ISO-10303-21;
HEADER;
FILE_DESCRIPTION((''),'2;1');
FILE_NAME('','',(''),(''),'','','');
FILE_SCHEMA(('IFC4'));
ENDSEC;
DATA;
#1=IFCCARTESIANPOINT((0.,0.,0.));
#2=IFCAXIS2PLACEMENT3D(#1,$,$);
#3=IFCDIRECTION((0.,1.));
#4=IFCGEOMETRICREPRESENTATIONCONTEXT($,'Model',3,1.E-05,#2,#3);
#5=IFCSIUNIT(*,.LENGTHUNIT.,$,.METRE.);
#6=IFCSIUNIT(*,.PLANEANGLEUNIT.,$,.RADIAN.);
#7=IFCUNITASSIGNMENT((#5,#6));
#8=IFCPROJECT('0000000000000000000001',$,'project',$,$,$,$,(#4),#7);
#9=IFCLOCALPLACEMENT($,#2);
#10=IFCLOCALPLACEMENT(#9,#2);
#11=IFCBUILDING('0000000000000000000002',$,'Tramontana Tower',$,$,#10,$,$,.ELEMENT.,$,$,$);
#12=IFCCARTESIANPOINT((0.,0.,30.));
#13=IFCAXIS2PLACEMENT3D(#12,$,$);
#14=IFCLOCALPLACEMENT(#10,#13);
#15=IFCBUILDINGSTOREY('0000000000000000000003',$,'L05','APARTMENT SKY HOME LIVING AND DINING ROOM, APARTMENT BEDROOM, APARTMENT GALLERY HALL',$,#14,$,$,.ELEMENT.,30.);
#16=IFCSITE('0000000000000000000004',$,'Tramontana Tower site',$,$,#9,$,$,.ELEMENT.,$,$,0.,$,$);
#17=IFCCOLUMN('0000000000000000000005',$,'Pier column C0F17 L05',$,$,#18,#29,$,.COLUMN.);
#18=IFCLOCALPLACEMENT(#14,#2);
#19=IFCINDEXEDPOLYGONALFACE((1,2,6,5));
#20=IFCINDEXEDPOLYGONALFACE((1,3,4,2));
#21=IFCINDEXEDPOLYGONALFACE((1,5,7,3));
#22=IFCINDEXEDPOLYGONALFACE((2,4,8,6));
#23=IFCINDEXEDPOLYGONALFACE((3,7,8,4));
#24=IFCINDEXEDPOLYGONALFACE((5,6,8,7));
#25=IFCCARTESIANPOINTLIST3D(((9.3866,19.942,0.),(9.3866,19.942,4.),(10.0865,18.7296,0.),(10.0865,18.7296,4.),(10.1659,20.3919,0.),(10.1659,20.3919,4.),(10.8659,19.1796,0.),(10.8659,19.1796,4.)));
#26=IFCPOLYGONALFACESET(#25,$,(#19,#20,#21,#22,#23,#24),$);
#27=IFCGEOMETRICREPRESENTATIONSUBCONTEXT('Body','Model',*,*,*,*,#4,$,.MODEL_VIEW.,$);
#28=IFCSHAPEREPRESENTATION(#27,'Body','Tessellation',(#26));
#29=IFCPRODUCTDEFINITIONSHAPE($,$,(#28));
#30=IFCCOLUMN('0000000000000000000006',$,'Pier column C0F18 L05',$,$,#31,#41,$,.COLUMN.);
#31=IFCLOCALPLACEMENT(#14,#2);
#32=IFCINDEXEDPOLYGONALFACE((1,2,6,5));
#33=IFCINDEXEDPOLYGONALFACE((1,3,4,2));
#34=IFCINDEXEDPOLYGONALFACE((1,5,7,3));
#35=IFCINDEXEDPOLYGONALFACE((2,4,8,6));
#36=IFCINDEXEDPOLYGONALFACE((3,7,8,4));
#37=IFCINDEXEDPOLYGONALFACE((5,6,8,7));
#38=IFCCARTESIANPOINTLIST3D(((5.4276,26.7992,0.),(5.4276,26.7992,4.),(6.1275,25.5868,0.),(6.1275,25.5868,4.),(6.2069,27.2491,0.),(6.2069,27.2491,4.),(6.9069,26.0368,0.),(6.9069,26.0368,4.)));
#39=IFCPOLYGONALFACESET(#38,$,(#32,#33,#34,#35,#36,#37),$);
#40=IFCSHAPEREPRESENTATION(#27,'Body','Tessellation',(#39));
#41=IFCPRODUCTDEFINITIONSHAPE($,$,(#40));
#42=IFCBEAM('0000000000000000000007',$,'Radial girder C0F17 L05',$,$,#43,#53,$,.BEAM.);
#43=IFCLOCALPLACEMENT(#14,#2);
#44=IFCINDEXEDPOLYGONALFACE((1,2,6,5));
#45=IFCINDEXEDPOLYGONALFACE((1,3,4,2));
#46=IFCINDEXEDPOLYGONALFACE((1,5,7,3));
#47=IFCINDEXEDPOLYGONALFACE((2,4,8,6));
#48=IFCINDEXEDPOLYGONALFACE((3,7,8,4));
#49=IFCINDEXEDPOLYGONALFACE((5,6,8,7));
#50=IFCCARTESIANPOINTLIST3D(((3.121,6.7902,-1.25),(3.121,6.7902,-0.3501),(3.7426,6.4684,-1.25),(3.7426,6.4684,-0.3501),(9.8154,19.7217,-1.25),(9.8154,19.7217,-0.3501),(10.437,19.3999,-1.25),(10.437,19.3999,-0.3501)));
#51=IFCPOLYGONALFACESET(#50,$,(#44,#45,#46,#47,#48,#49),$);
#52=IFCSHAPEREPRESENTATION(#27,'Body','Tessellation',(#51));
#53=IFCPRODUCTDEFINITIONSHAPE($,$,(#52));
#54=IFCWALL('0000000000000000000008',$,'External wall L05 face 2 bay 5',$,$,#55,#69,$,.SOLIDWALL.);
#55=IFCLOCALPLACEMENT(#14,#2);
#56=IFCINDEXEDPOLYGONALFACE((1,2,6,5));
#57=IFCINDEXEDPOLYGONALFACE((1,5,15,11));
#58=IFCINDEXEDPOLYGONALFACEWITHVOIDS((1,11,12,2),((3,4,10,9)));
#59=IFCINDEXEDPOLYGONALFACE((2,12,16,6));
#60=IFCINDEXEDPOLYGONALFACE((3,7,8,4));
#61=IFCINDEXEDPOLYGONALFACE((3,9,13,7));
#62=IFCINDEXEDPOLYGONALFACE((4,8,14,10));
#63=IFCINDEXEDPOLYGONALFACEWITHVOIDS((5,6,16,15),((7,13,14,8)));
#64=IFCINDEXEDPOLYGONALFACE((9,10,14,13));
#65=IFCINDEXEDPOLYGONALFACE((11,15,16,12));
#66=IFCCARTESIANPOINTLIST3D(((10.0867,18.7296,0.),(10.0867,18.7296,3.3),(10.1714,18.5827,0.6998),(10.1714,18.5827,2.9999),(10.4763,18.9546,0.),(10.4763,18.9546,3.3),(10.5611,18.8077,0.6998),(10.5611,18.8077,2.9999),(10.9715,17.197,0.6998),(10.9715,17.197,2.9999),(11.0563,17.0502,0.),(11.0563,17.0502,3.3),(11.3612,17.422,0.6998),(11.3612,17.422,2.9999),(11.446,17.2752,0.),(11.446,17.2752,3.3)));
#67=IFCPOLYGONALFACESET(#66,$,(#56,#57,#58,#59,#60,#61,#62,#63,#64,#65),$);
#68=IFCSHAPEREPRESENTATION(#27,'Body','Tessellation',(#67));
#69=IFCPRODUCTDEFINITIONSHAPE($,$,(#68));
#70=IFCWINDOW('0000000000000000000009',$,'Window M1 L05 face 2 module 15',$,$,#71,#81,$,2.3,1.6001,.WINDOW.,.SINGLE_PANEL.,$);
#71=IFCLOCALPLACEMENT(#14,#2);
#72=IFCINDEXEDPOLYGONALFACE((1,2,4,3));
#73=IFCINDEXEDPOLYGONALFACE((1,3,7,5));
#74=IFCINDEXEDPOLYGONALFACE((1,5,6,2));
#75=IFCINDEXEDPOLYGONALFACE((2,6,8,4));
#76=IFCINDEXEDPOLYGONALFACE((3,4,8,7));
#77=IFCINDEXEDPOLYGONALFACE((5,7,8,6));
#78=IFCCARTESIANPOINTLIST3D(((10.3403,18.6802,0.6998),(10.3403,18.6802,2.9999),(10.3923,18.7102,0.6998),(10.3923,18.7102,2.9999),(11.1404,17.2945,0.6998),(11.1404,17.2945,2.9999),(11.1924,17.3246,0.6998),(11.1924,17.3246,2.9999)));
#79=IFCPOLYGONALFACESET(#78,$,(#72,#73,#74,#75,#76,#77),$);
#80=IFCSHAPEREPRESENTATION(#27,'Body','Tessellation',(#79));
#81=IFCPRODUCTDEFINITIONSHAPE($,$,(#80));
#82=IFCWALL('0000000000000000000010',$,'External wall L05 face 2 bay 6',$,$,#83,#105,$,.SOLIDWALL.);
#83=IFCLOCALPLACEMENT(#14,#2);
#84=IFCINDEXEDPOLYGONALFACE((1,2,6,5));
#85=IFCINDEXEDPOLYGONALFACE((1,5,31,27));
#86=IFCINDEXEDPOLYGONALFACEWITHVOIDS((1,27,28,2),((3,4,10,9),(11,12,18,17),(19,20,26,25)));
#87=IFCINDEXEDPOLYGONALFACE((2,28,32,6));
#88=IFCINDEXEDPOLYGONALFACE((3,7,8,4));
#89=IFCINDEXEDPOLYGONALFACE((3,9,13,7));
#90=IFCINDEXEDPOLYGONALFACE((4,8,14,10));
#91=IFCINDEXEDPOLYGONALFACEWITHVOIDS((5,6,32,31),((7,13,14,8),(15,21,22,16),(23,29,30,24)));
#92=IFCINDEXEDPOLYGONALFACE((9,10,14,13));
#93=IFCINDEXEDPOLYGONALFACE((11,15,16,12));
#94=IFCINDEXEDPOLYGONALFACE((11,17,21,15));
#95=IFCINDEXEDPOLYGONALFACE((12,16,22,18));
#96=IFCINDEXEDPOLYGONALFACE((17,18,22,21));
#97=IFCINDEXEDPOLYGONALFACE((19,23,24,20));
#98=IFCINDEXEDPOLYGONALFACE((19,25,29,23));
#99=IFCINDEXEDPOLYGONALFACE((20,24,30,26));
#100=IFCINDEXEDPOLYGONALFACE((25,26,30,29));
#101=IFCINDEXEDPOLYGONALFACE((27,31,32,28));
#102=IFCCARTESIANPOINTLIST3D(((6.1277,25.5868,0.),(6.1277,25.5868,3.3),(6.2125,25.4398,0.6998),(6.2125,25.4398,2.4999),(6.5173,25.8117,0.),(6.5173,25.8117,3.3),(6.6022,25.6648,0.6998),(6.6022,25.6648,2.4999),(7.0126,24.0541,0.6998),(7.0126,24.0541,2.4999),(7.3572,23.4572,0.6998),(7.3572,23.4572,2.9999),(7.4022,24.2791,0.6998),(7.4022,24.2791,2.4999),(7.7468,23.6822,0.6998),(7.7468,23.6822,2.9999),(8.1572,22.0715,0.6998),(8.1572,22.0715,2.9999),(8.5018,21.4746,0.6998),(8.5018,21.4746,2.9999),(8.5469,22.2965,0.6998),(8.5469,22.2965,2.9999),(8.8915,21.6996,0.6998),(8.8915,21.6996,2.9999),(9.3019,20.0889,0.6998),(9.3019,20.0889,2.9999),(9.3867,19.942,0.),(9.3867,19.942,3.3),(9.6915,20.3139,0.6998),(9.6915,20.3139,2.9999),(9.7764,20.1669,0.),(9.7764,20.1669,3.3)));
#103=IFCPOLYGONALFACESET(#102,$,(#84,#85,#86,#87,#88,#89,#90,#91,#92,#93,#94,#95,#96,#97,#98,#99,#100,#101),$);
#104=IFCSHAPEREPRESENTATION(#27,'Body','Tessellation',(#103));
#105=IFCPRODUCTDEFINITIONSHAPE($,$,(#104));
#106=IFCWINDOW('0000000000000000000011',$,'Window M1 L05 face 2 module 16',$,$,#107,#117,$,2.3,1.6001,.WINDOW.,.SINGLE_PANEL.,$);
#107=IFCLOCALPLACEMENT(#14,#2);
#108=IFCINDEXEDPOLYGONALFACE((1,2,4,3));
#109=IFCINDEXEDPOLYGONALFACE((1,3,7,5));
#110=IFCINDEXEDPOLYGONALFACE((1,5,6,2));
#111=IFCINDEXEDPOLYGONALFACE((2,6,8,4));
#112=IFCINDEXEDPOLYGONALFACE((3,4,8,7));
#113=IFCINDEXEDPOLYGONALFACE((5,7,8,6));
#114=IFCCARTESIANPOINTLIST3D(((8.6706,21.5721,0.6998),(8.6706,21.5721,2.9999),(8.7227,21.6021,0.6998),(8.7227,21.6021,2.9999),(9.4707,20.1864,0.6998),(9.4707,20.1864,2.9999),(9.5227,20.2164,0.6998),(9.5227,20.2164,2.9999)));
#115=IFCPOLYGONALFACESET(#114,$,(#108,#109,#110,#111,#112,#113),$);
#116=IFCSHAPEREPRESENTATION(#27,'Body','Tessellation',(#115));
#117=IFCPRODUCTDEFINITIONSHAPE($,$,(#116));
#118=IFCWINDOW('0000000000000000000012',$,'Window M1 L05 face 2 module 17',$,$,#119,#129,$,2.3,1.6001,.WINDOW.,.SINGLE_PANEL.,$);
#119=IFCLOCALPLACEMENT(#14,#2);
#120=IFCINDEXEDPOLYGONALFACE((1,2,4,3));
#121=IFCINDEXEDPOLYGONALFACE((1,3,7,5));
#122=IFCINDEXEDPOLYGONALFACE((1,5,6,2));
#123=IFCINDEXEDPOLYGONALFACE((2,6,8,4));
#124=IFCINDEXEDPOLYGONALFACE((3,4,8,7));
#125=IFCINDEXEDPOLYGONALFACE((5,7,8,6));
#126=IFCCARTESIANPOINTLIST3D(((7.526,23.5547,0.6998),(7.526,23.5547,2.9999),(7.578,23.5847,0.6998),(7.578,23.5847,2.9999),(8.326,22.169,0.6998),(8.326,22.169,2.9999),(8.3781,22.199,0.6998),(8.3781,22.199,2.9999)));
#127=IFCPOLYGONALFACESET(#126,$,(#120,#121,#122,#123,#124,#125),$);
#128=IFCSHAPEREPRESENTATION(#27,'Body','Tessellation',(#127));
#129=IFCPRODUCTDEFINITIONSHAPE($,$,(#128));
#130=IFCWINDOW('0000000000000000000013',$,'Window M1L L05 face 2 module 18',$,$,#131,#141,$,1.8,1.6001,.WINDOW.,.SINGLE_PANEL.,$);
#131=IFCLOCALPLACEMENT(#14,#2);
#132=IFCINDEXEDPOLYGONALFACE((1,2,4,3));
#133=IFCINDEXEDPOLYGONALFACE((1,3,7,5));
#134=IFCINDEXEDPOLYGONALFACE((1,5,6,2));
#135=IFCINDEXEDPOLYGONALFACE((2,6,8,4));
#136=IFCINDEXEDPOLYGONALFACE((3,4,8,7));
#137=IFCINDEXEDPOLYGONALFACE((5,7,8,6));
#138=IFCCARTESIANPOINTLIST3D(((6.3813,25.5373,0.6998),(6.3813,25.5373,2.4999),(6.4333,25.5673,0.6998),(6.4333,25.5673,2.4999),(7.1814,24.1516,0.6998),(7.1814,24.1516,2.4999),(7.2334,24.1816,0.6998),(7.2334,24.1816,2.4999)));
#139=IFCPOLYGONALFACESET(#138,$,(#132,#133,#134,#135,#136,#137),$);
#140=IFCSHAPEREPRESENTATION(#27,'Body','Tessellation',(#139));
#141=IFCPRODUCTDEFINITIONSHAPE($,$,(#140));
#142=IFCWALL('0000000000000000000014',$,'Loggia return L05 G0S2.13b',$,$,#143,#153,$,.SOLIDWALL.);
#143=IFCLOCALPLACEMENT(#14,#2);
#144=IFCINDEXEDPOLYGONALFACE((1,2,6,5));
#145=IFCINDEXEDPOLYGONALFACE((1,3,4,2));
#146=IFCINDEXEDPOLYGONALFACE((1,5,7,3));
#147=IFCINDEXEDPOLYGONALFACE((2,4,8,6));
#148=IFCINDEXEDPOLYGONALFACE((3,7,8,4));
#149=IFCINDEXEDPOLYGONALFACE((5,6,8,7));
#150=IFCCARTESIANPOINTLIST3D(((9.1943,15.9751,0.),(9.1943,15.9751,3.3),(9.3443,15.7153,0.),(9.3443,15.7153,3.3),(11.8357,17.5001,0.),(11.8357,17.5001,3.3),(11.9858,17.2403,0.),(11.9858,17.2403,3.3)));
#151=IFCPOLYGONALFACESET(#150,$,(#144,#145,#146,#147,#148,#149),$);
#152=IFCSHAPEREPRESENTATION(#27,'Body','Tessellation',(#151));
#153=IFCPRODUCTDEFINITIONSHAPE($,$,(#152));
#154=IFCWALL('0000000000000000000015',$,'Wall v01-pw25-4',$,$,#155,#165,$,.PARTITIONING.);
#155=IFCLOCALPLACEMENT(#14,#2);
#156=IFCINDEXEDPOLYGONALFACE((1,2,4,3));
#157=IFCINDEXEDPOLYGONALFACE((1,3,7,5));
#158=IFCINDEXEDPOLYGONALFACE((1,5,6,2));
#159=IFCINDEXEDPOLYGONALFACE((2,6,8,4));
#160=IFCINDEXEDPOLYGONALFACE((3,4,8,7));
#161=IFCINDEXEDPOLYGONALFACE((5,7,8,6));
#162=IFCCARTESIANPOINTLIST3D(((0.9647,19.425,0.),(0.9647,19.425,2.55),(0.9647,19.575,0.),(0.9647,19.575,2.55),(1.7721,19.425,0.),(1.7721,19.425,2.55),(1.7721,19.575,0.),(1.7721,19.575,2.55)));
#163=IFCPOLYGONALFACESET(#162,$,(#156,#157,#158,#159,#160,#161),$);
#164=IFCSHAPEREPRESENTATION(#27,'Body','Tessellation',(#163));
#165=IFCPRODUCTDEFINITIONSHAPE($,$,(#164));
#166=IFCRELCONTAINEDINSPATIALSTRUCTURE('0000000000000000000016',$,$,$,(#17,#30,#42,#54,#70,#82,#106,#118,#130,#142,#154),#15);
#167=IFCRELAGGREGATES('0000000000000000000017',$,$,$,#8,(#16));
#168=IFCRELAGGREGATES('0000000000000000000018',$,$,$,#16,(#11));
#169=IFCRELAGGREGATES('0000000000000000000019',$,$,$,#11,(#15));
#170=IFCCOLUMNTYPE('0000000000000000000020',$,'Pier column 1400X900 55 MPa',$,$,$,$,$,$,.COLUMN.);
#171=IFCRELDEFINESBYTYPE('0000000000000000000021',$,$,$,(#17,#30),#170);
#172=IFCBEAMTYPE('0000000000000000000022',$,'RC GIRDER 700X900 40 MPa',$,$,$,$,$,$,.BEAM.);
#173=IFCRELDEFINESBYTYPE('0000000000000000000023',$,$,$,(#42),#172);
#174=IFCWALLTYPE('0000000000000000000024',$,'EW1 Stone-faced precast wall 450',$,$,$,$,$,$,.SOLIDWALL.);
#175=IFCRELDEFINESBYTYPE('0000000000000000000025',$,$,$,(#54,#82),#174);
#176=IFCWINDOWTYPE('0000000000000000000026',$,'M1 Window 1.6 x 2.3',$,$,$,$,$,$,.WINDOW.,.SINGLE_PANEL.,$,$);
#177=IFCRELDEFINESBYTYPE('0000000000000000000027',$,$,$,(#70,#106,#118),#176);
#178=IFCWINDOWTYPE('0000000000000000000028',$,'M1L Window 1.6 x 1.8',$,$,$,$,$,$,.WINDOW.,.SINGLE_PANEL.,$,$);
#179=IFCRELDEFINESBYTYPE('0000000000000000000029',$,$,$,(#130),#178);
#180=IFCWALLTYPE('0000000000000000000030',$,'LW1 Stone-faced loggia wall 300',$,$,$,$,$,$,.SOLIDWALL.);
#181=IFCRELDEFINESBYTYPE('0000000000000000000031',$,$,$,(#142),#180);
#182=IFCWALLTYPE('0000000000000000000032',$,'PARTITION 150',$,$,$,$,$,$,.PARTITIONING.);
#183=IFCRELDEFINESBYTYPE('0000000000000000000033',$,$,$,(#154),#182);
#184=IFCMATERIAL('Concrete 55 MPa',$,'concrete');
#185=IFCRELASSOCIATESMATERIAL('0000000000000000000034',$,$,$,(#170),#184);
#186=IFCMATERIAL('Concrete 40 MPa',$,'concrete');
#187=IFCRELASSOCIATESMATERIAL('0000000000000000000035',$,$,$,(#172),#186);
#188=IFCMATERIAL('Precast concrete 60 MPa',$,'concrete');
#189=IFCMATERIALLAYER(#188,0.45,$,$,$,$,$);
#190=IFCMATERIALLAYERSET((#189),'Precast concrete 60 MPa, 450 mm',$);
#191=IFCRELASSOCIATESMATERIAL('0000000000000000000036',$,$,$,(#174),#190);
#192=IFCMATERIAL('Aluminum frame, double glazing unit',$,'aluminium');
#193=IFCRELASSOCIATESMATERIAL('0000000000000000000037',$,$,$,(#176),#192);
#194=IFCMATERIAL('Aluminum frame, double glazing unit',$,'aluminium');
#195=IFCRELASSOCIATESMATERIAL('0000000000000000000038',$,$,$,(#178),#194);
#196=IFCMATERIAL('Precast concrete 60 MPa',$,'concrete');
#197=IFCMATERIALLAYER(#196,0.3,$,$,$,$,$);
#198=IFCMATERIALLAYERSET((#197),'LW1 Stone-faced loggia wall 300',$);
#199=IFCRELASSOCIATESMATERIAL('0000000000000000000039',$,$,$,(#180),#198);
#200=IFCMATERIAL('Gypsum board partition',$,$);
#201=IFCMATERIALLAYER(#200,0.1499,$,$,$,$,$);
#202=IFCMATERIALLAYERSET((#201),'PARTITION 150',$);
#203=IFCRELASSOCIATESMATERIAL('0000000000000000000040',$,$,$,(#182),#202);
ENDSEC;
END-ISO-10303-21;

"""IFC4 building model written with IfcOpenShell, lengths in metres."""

from ifc_helpers import new_model, si_unit, direction, frame, frame_2d, origin, origin_2d, place, context, subcontext, project, spatial, rectangle, extrude, material, layer, layer_set, material_profile, profile_set, type_object, element, fill, save


model = new_model("IFC4")

# Units and contexts
model_context = context("Model", 3, precision=1e-05, world=origin(), true_north=direction((0.0, 1.0)))
body_context = subcontext(model_context, "Body", "Model", "MODEL_VIEW")
ifc_project = project(units=[si_unit("LENGTHUNIT", "METRE"), si_unit("PLANEANGLEUNIT", "RADIAN")], contexts=[model_context])

# Site, building, storey
site_placement = place(None, origin())
site = spatial("IfcSite", under=ifc_project, at=site_placement, Name="Tramontana Tower site", CompositionType="ELEMENT", RefElevation=0.0)
building_placement = place(site_placement, origin())
building = spatial("IfcBuilding", under=site, at=building_placement, Name="Tramontana Tower", CompositionType="ELEMENT")
storey_placement = place(building_placement, frame((0.0, 0.0, 30.0)))
storey = spatial("IfcBuildingStorey", under=building, at=storey_placement, Name="L05", Description="APARTMENT SKY HOME LIVING AND DINING ROOM, APARTMENT BEDROOM, APARTMENT GALLERY HALL", CompositionType="ELEMENT", Elevation=30.0)

# Columns
ifc_material_1 = material(Name="Concrete 55 MPa", Category="concrete")
ifc_material_profile_1 = material_profile(ifc_material_1, rectangle(XDim=1.3999, YDim=0.8999, at=origin_2d()), Name="Pier column 1400X900 55 MPa")
ifc_profile_set_1 = profile_set([ifc_material_profile_1], Name="Concrete 55 MPa")
column_type = type_object("IfcColumnType", Name="Pier column 1400X900 55 MPa", PredefinedType="COLUMN", material=ifc_profile_set_1)
for number, where, z_axis, x_axis, name in (
    (1, (10.1262, 19.5608, 0.0), (0.0, 0.0, 1.0), (-0.5, 0.866025, 0.0), "Pier column C0F17 L05"),
    (2, (6.1672, 26.418, 0.0), (0.0, 0.0, 1.0), (-0.5, 0.866025, 0.0), "Pier column C0F18 L05"),
):
    element("IfcColumn", number, at=place(storey_placement, frame(where, z_axis=z_axis, x_axis=x_axis)), inside=storey, type_object=column_type, Name=name, PredefinedType="COLUMN", context=body_context, shape_type="SweptSolid", body=[
        extrude(rectangle(XDim=1.3999, YDim=0.8999, at=origin_2d()), origin(), (0.0, 0.0, 1.0), 4.0),
    ])

# Beam
ifc_material_2 = material(Name="Concrete 40 MPa", Category="concrete")
ifc_material_profile_2 = material_profile(ifc_material_2, rectangle(XDim=0.7, YDim=0.8999, at=origin_2d()), Name="RC GIRDER 700X900 40 MPa")
ifc_profile_set_2 = profile_set([ifc_material_profile_2], Name="Concrete 40 MPa")
beam_type = type_object("IfcBeamType", Name="RC GIRDER 700X900 40 MPa", PredefinedType="BEAM", material=ifc_profile_set_2)
beam_placement = place(storey_placement, frame((10.1262, 19.5608, -0.8), z_axis=(-0.459731, -0.888058, 0.0), x_axis=(0.888058, -0.459731, 0.0)))
element("IfcBeam", 3, at=beam_placement, inside=storey, type_object=beam_type, Name="Radial girder C0F17 L05", PredefinedType="BEAM", context=body_context, shape_type="SweptSolid", body=[
    extrude(rectangle(XDim=0.7, YDim=0.8999, at=origin_2d()), origin(), (0.0, 0.0, 1.0), 14.5615),
])

# Wall, opening, window
ifc_material_3 = material(Name="Precast concrete 60 MPa", Category="concrete")
ifc_layer_1 = layer(ifc_material_3, 0.45)
ifc_layer_set_1 = layer_set([ifc_layer_1], Name="Precast concrete 60 MPa, 450 mm")
wall_type_1 = type_object("IfcWallType", Name="EW1 Stone-faced precast wall 450", PredefinedType="SOLIDWALL", material=ifc_layer_set_1)
wall_1_placement = place(storey_placement, frame((11.2512, 17.1626, 0.0), z_axis=(0.0, 0.0, 1.0), x_axis=(-0.500038, 0.866003, 0.0)))
wall_1 = element("IfcWall", 4, at=wall_1_placement, inside=storey, type_object=wall_type_1, Name="External wall L05 face 2 bay 5", PredefinedType="SOLIDWALL", context=body_context, shape_type="SweptSolid", body=[
    extrude(rectangle(XDim=1.9392, YDim=0.45, at=frame_2d((0.9697, 0.0))), origin(), (0.0, 0.0, 1.0), 3.3),
])
opening_1_placement = place(wall_1_placement, frame((0.1697, 0.0, 0.7)))
opening_1 = element("IfcOpeningElement", 5, at=opening_1_placement, cuts=wall_1, PredefinedType="OPENING", context=body_context, shape_type="SweptSolid", body=[
    extrude(rectangle(XDim=1.6001, YDim=2.3, at=frame_2d((0.8, 1.1499))), frame((0.0, 0.2349, 0.0), z_axis=(0.0, -1.0, 0.0), x_axis=(1.0, 0.0, 0.0)), (0.0, 0.0, 1.0), 0.47),
])
ifc_material_4 = material(Name="Aluminum frame, double glazing unit", Category="aluminium")
window_type_1 = type_object("IfcWindowType", Name="M1 Window 1.6 x 2.3", PartitioningType="SINGLE_PANEL", PredefinedType="WINDOW", material=ifc_material_4)
window_1_placement = place(opening_1_placement, origin())
window_1 = element("IfcWindow", 6, at=window_1_placement, inside=storey, type_object=window_type_1, Name="Window M1 L05 face 2 module 15", OverallHeight=2.3, OverallWidth=1.6001, PartitioningType="SINGLE_PANEL", PredefinedType="WINDOW", context=body_context, shape_type="SweptSolid", body=[
    extrude(rectangle(XDim=1.6001, YDim=2.3, at=frame_2d((0.8, 1.1499))), frame((0.0, 0.03, 0.0), z_axis=(0.0, -1.0, 0.0), x_axis=(1.0, 0.0, 0.0)), (0.0, 0.0, 1.0), 0.0601),
])
fill(opening_1, window_1)

# Wall, openings, windows
wall_2_placement = place(storey_placement, frame((9.5815, 20.0544, 0.0), z_axis=(0.0, 0.0, 1.0), x_axis=(-0.500002, 0.866024, 0.0)))
wall_2 = element("IfcWall", 7, at=wall_2_placement, inside=storey, type_object=wall_type_1, Name="External wall L05 face 2 bay 6", PredefinedType="SOLIDWALL", context=body_context, shape_type="SweptSolid", body=[
    extrude(rectangle(XDim=6.5181, YDim=0.45, at=frame_2d((3.259, 0.0))), origin(), (0.0, 0.0, 1.0), 3.3),
])
opening_2_placement = place(wall_2_placement, frame((0.1697, 0.0, 0.7)))
opening_2 = element("IfcOpeningElement", 8, at=opening_2_placement, cuts=wall_2, PredefinedType="OPENING", context=body_context, shape_type="SweptSolid", body=[
    extrude(rectangle(XDim=1.6001, YDim=2.3, at=frame_2d((0.8, 1.1499))), frame((0.0, 0.2349, 0.0), z_axis=(0.0, -1.0, 0.0), x_axis=(1.0, 0.0, 0.0)), (0.0, 0.0, 1.0), 0.47),
])
opening_3_placement = place(wall_2_placement, frame((2.459, 0.0, 0.7)))
opening_3 = element("IfcOpeningElement", 9, at=opening_3_placement, cuts=wall_2, PredefinedType="OPENING", context=body_context, shape_type="SweptSolid", body=[
    extrude(rectangle(XDim=1.6001, YDim=2.3, at=frame_2d((0.8, 1.1499))), frame((0.0, 0.2349, 0.0), z_axis=(0.0, -1.0, 0.0), x_axis=(1.0, 0.0, 0.0)), (0.0, 0.0, 1.0), 0.47),
])
opening_4_placement = place(wall_2_placement, frame((4.7483, 0.0, 0.7)))
opening_4 = element("IfcOpeningElement", 10, at=opening_4_placement, cuts=wall_2, PredefinedType="OPENING", context=body_context, shape_type="SweptSolid", body=[
    extrude(rectangle(XDim=1.6001, YDim=1.8, at=frame_2d((0.8, 0.8999))), frame((0.0, 0.2349, 0.0), z_axis=(0.0, -1.0, 0.0), x_axis=(1.0, 0.0, 0.0)), (0.0, 0.0, 1.0), 0.47),
])
window_2_placement = place(opening_2_placement, origin())
window_2 = element("IfcWindow", 11, at=window_2_placement, inside=storey, type_object=window_type_1, Name="Window M1 L05 face 2 module 16", OverallHeight=2.3, OverallWidth=1.6001, PartitioningType="SINGLE_PANEL", PredefinedType="WINDOW", context=body_context, shape_type="SweptSolid", body=[
    extrude(rectangle(XDim=1.6001, YDim=2.3, at=frame_2d((0.8, 1.1499))), frame((0.0, 0.03, 0.0), z_axis=(0.0, -1.0, 0.0), x_axis=(1.0, 0.0, 0.0)), (0.0, 0.0, 1.0), 0.0601),
])
fill(opening_2, window_2)
window_3_placement = place(opening_3_placement, origin())
window_3 = element("IfcWindow", 12, at=window_3_placement, inside=storey, type_object=window_type_1, Name="Window M1 L05 face 2 module 17", OverallHeight=2.3, OverallWidth=1.6001, PartitioningType="SINGLE_PANEL", PredefinedType="WINDOW", context=body_context, shape_type="SweptSolid", body=[
    extrude(rectangle(XDim=1.6001, YDim=2.3, at=frame_2d((0.8, 1.1499))), frame((0.0, 0.03, 0.0), z_axis=(0.0, -1.0, 0.0), x_axis=(1.0, 0.0, 0.0)), (0.0, 0.0, 1.0), 0.0601),
])
fill(opening_3, window_3)
ifc_material_5 = material(Name="Aluminum frame, double glazing unit", Category="aluminium")
window_type_2 = type_object("IfcWindowType", Name="M1L Window 1.6 x 1.8", PartitioningType="SINGLE_PANEL", PredefinedType="WINDOW", material=ifc_material_5)
window_4_placement = place(opening_4_placement, origin())
window_4 = element("IfcWindow", 13, at=window_4_placement, inside=storey, type_object=window_type_2, Name="Window M1L L05 face 2 module 18", OverallHeight=1.8, OverallWidth=1.6001, PartitioningType="SINGLE_PANEL", PredefinedType="WINDOW", context=body_context, shape_type="SweptSolid", body=[
    extrude(rectangle(XDim=1.6001, YDim=1.8, at=frame_2d((0.8, 0.8999))), frame((0.0, 0.03, 0.0), z_axis=(0.0, -1.0, 0.0), x_axis=(1.0, 0.0, 0.0)), (0.0, 0.0, 1.0), 0.0601),
])
fill(opening_4, window_4)

# Walls
ifc_material_6 = material(Name="Precast concrete 60 MPa", Category="concrete")
ifc_layer_2 = layer(ifc_material_6, 0.3)
ifc_layer_set_2 = layer_set([ifc_layer_2], Name="LW1 Stone-faced loggia wall 300")
wall_type_2 = type_object("IfcWallType", Name="LW1 Stone-faced loggia wall 300", PredefinedType="SOLIDWALL", material=ifc_layer_set_2)
wall_3_placement = place(storey_placement, frame((11.9106, 17.3701, 0.0), z_axis=(0.0, 0.0, 1.0), x_axis=(-0.866038, -0.499979, 0.0)))
element("IfcWall", 14, at=wall_3_placement, inside=storey, type_object=wall_type_2, Name="Loggia return L05 G0S2.13b", PredefinedType="SOLIDWALL", context=body_context, shape_type="SweptSolid", body=[
    extrude(rectangle(XDim=3.05, YDim=0.3, at=frame_2d((1.5249, 0.0))), origin(), (0.0, 0.0, 1.0), 3.3),
])
ifc_material_7 = material(Name="Gypsum board partition")
ifc_layer_3 = layer(ifc_material_7, 0.1499)
ifc_layer_set_3 = layer_set([ifc_layer_3], Name="PARTITION 150")
wall_type_3 = type_object("IfcWallType", Name="PARTITION 150", PredefinedType="PARTITIONING", material=ifc_layer_set_3)
wall_4_placement = place(storey_placement, frame((0.9646, 19.5, 0.0), z_axis=(0.0, 0.0, 1.0), x_axis=(1.0, 0.0, 0.0)))
element("IfcWall", 15, at=wall_4_placement, inside=storey, type_object=wall_type_3, Name="Wall v01-pw25-4", PredefinedType="PARTITIONING", context=body_context, shape_type="SweptSolid", body=[
    extrude(rectangle(XDim=0.8074, YDim=0.1499, at=frame_2d((0.4038, 0.0))), origin(), (0.0, 0.0, 1.0), 2.55),
])

save(model, "model.ifc")
